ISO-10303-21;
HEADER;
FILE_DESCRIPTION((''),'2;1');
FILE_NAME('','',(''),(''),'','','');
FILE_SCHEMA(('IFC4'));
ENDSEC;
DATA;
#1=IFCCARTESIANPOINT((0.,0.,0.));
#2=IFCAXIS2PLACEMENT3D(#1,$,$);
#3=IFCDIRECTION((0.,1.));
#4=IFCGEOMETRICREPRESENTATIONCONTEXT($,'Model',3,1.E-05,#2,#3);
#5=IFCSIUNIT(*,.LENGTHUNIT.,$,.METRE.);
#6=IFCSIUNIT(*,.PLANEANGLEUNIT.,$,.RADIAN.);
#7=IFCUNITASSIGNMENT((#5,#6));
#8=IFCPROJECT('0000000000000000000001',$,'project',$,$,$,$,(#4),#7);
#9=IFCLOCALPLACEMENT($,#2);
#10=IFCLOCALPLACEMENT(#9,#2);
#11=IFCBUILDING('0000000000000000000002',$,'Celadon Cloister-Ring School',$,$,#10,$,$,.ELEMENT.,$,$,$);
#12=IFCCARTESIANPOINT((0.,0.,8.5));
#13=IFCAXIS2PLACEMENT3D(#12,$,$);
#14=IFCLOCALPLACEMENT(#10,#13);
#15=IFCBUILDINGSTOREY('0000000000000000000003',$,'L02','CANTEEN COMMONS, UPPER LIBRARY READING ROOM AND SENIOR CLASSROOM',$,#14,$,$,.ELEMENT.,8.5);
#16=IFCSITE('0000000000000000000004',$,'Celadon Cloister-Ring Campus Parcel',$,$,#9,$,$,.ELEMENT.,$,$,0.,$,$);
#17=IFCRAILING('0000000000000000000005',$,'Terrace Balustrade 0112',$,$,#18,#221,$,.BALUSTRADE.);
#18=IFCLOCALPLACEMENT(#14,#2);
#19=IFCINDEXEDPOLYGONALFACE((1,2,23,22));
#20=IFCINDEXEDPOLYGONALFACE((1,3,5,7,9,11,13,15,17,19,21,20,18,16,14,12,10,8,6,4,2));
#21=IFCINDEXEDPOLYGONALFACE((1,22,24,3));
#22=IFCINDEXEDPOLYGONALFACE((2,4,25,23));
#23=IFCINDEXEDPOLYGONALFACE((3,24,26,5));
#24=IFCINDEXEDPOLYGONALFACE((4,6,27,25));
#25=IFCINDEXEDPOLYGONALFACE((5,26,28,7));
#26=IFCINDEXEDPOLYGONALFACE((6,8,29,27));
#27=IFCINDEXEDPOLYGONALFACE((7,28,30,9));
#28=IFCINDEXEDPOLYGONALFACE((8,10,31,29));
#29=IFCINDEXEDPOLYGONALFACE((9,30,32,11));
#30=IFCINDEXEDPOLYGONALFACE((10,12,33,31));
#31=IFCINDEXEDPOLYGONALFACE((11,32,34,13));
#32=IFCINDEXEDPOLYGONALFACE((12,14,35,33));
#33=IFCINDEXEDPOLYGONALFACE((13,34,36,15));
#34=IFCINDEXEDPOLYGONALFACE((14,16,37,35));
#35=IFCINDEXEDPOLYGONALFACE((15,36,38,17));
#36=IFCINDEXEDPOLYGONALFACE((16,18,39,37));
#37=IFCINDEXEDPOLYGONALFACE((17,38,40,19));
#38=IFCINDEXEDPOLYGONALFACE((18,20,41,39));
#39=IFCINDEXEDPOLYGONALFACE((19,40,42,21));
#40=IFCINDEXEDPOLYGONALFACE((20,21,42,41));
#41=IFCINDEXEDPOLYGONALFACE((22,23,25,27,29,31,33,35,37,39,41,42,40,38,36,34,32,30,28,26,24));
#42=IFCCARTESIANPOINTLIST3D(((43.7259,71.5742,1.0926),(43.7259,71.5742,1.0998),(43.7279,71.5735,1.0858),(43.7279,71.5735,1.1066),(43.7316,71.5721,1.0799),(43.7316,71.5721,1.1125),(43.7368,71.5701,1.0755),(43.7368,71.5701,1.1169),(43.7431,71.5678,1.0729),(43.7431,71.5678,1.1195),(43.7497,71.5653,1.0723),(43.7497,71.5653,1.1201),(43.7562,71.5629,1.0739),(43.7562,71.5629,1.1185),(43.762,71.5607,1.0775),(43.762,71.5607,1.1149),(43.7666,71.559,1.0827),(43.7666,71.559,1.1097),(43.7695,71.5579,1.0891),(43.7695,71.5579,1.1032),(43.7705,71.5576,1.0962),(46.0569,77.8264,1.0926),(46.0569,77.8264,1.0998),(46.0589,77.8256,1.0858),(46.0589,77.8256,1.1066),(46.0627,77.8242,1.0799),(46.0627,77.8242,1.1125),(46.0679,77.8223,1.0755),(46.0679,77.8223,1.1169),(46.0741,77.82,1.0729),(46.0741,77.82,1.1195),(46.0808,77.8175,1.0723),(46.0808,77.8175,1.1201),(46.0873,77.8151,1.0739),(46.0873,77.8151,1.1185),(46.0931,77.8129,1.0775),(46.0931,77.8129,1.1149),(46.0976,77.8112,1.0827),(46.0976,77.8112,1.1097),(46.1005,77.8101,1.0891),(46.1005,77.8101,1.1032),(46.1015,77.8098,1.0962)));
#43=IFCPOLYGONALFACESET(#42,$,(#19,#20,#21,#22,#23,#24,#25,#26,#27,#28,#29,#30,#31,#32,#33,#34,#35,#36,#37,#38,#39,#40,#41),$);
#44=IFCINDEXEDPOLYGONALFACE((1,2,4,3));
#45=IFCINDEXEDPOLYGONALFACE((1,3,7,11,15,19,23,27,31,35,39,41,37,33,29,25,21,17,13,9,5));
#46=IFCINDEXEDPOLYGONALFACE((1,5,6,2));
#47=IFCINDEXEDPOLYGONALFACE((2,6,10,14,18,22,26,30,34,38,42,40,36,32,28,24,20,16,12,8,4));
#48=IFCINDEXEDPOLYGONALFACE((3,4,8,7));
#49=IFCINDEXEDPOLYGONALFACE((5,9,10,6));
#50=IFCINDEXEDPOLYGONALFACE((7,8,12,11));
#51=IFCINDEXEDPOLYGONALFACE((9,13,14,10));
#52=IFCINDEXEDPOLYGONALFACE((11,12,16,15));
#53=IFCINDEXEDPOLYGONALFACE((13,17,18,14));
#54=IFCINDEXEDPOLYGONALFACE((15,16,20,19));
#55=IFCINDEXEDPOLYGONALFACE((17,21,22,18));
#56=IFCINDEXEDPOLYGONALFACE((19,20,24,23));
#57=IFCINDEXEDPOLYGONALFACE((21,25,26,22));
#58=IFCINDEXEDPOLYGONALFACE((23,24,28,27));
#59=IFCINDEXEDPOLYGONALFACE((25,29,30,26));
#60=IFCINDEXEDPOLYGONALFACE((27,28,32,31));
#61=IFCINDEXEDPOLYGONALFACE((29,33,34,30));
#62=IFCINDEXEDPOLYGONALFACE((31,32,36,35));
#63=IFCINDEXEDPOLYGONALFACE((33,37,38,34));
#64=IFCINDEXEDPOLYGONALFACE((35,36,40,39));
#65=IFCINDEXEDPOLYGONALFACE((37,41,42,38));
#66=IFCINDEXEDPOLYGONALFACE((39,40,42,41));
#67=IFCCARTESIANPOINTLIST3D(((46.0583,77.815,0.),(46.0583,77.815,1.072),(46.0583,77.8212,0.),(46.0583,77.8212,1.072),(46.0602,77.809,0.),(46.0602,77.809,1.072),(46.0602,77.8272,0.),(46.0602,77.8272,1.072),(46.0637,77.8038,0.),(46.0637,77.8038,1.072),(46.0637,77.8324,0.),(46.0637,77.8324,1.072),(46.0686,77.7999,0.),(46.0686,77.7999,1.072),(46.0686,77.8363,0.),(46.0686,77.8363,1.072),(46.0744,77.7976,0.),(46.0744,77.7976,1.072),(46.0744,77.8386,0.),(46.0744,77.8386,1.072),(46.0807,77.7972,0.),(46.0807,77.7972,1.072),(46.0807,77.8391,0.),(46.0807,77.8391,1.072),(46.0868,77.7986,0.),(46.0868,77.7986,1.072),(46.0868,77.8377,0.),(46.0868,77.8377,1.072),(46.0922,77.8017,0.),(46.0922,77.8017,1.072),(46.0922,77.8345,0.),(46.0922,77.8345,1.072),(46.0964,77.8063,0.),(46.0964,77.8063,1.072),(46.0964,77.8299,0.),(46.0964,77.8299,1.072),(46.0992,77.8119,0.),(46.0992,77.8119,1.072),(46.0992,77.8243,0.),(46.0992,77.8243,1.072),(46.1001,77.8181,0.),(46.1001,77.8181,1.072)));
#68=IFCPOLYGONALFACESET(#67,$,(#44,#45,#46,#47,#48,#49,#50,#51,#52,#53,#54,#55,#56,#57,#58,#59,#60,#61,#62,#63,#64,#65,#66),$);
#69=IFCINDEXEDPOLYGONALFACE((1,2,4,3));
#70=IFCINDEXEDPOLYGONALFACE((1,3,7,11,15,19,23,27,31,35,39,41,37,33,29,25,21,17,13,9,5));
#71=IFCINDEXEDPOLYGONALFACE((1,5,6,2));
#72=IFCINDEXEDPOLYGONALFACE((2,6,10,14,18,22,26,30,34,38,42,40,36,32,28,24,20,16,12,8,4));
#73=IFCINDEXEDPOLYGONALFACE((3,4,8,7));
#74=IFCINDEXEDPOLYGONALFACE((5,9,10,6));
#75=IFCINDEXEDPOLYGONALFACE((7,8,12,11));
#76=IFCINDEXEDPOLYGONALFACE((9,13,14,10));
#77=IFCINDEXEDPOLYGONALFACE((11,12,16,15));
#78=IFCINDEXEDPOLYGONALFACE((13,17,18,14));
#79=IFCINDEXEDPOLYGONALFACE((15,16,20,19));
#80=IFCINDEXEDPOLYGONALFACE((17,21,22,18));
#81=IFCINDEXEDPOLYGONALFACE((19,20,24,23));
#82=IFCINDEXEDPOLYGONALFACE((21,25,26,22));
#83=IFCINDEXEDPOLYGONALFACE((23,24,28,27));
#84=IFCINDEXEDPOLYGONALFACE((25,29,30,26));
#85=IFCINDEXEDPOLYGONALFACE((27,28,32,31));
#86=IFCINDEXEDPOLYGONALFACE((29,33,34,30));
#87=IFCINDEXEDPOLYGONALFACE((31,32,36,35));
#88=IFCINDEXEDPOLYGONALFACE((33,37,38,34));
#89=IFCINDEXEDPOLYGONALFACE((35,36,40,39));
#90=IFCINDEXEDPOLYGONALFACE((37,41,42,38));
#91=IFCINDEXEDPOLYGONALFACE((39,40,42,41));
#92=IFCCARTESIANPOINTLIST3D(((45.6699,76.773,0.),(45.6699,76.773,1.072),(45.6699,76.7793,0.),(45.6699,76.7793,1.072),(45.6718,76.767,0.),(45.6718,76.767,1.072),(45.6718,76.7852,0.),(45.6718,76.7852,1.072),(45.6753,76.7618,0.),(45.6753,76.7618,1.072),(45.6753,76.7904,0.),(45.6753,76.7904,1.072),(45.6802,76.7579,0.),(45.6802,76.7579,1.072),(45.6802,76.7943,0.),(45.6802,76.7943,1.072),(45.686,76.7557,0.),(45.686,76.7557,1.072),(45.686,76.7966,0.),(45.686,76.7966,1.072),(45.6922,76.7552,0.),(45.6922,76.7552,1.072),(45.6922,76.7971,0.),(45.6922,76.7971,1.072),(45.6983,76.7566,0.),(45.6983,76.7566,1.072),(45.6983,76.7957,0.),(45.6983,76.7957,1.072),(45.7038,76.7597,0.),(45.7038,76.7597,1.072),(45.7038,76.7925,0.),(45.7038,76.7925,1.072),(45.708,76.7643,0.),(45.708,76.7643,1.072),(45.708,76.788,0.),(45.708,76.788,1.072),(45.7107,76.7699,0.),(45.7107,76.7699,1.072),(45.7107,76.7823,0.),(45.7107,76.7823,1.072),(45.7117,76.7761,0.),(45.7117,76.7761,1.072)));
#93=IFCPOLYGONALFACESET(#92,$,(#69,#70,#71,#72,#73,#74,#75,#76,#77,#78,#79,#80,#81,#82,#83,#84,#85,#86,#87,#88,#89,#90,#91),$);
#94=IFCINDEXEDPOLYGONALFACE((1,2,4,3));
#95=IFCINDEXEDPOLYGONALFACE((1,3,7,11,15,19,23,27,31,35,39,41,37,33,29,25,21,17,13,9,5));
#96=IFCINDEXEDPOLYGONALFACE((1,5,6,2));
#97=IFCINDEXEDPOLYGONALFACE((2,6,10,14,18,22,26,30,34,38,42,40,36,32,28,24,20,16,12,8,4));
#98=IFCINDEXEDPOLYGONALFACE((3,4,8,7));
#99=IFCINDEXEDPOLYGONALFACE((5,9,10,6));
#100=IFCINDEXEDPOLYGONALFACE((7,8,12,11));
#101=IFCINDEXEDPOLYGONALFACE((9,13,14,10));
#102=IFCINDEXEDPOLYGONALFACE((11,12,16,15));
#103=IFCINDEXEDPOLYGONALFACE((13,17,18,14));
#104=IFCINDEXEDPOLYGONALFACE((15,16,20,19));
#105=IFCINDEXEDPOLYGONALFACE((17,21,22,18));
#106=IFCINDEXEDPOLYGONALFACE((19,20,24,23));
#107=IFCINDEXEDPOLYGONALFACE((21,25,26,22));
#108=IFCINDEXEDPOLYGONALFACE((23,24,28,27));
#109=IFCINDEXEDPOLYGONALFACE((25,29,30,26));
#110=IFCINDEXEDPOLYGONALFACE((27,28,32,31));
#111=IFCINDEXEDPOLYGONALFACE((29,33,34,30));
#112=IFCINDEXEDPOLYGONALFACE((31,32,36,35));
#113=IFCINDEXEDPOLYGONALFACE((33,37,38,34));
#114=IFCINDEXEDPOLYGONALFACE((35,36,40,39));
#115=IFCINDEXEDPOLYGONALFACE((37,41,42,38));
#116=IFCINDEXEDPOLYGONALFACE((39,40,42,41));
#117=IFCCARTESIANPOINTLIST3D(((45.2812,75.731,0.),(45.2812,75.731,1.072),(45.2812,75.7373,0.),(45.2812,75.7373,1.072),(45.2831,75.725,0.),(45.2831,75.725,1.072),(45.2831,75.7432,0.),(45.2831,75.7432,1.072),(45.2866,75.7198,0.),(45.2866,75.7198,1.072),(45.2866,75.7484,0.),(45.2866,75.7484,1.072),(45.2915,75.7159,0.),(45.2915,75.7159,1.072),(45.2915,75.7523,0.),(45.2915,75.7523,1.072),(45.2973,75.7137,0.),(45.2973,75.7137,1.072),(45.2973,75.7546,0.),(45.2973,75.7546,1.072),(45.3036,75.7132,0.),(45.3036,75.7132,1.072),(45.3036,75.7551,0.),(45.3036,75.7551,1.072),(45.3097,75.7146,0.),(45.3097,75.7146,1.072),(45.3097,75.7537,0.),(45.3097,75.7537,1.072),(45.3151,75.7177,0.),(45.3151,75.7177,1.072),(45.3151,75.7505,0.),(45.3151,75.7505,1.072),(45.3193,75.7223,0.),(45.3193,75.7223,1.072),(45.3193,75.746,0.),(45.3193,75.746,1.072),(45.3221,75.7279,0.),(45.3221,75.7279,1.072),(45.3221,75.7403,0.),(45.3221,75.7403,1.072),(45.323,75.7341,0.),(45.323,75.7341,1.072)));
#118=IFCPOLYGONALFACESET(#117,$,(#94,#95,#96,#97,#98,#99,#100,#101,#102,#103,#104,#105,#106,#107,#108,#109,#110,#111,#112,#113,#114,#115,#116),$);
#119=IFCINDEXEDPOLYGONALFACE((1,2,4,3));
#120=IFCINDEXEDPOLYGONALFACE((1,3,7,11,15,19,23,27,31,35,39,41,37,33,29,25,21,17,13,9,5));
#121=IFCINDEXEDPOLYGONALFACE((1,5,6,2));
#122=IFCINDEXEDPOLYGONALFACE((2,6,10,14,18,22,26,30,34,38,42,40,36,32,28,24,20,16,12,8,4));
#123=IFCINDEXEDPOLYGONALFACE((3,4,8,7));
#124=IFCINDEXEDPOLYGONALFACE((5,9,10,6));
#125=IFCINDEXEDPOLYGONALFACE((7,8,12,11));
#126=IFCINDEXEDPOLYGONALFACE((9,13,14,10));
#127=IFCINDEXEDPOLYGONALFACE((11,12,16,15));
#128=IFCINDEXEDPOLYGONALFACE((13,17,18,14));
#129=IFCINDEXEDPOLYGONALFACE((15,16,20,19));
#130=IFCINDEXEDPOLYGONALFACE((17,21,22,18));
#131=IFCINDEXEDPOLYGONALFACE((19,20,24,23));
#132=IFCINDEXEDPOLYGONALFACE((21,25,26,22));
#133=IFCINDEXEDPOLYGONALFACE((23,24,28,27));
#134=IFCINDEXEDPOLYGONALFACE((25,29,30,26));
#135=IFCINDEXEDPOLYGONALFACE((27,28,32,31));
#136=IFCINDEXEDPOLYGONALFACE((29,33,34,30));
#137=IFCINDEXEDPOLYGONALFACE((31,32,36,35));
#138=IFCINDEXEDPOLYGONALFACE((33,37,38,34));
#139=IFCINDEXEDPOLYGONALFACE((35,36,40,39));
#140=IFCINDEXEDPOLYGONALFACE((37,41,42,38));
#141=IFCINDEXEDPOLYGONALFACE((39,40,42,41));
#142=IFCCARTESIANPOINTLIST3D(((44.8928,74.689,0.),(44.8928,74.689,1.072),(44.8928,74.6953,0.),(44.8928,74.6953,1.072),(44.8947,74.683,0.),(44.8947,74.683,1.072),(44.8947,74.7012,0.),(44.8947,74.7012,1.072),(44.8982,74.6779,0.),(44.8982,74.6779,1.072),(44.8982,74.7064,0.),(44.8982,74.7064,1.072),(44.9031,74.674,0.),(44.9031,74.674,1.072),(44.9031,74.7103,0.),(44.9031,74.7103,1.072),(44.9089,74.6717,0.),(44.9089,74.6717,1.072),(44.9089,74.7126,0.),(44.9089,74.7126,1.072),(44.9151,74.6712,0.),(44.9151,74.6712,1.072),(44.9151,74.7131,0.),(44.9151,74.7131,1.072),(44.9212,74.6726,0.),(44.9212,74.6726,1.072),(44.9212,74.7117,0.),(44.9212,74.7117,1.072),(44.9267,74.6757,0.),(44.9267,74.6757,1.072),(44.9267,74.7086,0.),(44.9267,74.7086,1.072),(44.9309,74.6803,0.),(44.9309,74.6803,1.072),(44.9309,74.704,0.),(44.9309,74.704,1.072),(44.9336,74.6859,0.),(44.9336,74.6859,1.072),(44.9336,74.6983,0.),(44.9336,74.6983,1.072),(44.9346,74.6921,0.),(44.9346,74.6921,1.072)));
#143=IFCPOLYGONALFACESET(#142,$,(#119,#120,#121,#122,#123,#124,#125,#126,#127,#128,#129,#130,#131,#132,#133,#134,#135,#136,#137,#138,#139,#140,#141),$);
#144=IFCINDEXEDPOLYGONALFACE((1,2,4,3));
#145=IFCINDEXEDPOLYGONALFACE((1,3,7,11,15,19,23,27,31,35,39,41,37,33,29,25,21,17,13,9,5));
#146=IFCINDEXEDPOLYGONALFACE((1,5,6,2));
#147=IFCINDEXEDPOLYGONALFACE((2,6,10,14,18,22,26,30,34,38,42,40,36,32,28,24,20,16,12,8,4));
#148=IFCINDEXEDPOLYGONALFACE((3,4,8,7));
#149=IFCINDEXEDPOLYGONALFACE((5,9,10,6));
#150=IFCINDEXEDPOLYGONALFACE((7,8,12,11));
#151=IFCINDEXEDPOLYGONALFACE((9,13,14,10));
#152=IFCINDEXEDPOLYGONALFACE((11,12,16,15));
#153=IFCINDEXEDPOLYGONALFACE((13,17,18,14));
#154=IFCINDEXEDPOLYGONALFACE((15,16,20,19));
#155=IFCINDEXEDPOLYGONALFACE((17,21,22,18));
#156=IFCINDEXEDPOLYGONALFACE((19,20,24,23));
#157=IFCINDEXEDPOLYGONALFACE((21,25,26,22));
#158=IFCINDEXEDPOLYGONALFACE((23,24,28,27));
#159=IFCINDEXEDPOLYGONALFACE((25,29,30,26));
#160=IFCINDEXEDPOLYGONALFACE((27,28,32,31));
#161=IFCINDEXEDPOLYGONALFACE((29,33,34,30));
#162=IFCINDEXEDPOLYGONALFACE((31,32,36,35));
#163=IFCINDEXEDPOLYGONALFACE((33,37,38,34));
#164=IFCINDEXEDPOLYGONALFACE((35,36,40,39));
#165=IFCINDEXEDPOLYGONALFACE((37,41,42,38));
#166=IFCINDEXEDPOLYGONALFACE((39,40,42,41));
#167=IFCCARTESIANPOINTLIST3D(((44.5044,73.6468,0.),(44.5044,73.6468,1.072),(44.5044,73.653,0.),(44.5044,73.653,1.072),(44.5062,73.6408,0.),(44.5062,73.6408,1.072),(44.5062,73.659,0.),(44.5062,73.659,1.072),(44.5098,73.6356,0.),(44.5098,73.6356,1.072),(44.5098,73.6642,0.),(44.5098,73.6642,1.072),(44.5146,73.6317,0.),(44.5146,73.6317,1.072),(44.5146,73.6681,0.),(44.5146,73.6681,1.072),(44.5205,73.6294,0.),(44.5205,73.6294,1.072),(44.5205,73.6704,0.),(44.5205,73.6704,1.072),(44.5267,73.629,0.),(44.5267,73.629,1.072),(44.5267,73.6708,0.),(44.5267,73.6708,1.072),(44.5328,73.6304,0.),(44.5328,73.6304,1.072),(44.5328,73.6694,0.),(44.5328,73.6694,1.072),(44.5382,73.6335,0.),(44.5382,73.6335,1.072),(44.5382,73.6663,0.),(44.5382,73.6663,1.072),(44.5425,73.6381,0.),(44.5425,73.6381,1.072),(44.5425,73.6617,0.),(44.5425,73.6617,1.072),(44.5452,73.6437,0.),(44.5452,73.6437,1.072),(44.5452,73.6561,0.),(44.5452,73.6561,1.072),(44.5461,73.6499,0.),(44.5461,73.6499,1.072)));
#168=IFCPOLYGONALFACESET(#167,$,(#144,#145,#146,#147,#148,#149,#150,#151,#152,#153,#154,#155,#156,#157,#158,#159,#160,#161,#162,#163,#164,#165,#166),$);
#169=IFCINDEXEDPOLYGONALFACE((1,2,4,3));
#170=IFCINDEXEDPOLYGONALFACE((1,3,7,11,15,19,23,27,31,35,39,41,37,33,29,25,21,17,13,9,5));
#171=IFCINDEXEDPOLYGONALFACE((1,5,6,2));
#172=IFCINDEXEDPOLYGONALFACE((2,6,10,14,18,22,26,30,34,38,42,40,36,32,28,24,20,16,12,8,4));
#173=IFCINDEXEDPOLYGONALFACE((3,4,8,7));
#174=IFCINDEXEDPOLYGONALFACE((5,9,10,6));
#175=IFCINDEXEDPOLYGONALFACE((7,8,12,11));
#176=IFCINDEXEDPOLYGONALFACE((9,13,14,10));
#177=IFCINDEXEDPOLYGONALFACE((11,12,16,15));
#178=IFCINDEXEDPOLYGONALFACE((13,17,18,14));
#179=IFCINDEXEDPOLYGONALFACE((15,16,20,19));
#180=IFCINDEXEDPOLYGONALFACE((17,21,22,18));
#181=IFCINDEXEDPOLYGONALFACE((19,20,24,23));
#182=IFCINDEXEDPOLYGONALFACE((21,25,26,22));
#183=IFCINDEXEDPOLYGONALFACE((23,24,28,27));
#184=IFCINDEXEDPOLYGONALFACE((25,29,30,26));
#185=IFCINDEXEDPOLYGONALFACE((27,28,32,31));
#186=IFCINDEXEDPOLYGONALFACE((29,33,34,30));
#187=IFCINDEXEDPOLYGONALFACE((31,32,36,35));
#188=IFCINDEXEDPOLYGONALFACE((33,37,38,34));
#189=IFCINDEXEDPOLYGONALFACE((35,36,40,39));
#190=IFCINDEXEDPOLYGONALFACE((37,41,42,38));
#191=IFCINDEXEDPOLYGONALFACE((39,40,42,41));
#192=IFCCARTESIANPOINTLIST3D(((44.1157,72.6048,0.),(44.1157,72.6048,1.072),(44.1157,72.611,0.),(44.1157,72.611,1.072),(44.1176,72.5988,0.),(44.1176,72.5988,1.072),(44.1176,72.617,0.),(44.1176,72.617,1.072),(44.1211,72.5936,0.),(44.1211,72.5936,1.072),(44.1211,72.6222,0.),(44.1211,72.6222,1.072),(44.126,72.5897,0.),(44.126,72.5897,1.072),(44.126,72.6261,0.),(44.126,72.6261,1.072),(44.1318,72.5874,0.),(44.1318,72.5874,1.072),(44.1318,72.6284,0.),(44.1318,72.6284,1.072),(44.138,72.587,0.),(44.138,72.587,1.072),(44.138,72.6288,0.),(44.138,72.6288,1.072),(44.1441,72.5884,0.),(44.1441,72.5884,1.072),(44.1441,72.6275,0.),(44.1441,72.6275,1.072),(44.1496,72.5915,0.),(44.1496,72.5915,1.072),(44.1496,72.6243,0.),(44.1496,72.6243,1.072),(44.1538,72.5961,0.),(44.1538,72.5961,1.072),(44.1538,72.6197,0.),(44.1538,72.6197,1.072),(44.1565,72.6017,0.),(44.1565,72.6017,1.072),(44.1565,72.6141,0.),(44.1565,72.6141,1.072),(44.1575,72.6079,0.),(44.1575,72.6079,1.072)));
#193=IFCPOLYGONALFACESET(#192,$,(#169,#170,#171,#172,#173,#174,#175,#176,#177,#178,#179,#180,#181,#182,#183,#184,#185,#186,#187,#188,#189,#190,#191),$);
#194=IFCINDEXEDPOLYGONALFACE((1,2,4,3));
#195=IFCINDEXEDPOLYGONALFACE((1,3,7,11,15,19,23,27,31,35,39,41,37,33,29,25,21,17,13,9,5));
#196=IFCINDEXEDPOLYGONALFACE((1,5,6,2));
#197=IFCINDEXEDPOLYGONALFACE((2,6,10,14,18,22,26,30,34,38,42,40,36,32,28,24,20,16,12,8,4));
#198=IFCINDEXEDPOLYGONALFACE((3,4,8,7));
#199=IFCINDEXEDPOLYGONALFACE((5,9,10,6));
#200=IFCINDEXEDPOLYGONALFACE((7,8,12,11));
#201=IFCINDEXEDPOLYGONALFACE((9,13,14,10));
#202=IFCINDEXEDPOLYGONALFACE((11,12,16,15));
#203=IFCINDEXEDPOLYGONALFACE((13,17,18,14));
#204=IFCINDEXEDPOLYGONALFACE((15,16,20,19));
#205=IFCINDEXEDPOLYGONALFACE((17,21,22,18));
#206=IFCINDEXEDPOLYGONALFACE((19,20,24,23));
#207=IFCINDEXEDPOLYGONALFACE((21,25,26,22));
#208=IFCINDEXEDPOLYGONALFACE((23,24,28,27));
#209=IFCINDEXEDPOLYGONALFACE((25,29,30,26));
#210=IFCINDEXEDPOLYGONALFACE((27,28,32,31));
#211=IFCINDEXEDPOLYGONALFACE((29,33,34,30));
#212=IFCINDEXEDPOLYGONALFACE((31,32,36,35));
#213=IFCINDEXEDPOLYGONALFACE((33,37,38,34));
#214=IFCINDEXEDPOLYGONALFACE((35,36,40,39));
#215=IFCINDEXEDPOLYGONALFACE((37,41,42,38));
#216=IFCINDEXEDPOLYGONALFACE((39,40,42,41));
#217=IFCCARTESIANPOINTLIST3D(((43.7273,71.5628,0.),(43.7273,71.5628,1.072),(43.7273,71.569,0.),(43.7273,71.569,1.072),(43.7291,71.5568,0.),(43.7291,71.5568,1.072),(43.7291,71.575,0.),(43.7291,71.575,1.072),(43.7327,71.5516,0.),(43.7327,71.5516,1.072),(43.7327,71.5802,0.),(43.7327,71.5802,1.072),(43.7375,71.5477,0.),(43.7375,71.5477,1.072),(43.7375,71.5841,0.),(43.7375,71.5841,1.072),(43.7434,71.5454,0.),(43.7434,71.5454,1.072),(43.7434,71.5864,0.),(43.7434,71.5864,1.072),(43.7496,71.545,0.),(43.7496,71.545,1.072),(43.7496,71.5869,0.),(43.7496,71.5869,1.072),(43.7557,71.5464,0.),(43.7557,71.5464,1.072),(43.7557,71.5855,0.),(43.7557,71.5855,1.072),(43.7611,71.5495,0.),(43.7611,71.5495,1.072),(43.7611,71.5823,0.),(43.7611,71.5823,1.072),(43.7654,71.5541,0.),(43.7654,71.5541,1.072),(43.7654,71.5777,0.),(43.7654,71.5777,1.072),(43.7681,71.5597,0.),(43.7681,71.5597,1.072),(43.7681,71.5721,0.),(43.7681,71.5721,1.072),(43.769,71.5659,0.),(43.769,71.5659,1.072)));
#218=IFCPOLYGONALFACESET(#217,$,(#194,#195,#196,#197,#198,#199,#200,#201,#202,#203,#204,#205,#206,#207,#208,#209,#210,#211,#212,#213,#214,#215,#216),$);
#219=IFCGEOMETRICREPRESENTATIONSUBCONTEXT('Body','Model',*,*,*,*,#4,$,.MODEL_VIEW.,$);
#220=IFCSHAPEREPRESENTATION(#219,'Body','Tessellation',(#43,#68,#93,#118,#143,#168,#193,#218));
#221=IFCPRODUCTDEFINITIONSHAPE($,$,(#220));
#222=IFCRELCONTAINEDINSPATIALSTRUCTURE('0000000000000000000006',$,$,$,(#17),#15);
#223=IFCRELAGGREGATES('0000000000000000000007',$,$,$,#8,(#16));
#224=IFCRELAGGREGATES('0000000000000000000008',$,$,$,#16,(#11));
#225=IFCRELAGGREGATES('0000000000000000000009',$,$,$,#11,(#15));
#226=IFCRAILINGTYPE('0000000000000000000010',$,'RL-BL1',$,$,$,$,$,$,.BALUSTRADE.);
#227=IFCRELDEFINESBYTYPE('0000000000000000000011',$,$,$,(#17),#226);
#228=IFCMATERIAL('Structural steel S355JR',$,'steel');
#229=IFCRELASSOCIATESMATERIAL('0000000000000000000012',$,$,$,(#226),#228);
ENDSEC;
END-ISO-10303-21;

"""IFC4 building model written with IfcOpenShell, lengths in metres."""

from ifc_helpers import new_model, si_unit, direction, frame, origin, origin_2d, place, context, subcontext, project, spatial, circle, extrude, material, type_object, element, save


model = new_model("IFC4")

# Units and contexts
model_context = context("Model", 3, precision=1e-05, world=origin(), true_north=direction((0.0, 1.0)))
body_context = subcontext(model_context, "Body", "Model", "MODEL_VIEW")
ifc_project = project(units=[si_unit("LENGTHUNIT", "METRE"), si_unit("PLANEANGLEUNIT", "RADIAN")], contexts=[model_context])

# Site, building, storey
site_placement = place(None, origin())
site = spatial("IfcSite", under=ifc_project, at=site_placement, Name="Celadon Cloister-Ring Campus Parcel", CompositionType="ELEMENT", RefElevation=0.0)
building_placement = place(site_placement, origin())
building = spatial("IfcBuilding", under=site, at=building_placement, Name="Celadon Cloister-Ring School", CompositionType="ELEMENT")
storey_placement = place(building_placement, frame((0.0, 0.0, 8.5)))
storey = spatial("IfcBuildingStorey", under=building, at=storey_placement, Name="L02", Description="CANTEEN COMMONS, UPPER LIBRARY READING ROOM AND SENIOR CLASSROOM", CompositionType="ELEMENT", Elevation=8.5)

# Railing
ifc_material_1 = material(Name="Structural steel S355JR", Category="steel")
railing_type = type_object("IfcRailingType", Name="RL-BL1", PredefinedType="BALUSTRADE", material=ifc_material_1)
railing_1_placement = place(storey_placement, frame((46.0791, 77.8181, 0.0)))
element("IfcRailing", 1, at=railing_1_placement, inside=storey, type_object=railing_type, Name="Terrace Balustrade 0112", PredefinedType="BALUSTRADE", context=body_context, shape_type="SweptSolid", body=[
    extrude(circle(Radius=0.0239, at=origin_2d()), frame((0.0, 0.0, 1.0962), z_axis=(-0.349347, -0.936994, 0.0), x_axis=(0.936994, -0.349347, 0.0)), (0.0, 0.0, 1.0), 6.6726),
    extrude(circle(Radius=0.021, at=origin_2d()), origin(), (0.0, 0.0, 1.0), 1.072),
    extrude(circle(Radius=0.021, at=origin_2d()), frame((-0.3884, -1.042, 0.0)), (0.0, 0.0, 1.0), 1.072),
    extrude(circle(Radius=0.021, at=origin_2d()), frame((-0.7771, -2.084, 0.0)), (0.0, 0.0, 1.0), 1.072),
    extrude(circle(Radius=0.021, at=origin_2d()), frame((-1.1655, -3.126, 0.0)), (0.0, 0.0, 1.0), 1.072),
    extrude(circle(Radius=0.021, at=origin_2d()), frame((-1.554, -4.1682, 0.0)), (0.0, 0.0, 1.0), 1.072),
    extrude(circle(Radius=0.021, at=origin_2d()), frame((-1.9426, -5.2102, 0.0)), (0.0, 0.0, 1.0), 1.072),
    extrude(circle(Radius=0.021, at=origin_2d()), frame((-2.3311, -6.2522, 0.0)), (0.0, 0.0, 1.0), 1.072),
])

save(model, "model.ifc")
